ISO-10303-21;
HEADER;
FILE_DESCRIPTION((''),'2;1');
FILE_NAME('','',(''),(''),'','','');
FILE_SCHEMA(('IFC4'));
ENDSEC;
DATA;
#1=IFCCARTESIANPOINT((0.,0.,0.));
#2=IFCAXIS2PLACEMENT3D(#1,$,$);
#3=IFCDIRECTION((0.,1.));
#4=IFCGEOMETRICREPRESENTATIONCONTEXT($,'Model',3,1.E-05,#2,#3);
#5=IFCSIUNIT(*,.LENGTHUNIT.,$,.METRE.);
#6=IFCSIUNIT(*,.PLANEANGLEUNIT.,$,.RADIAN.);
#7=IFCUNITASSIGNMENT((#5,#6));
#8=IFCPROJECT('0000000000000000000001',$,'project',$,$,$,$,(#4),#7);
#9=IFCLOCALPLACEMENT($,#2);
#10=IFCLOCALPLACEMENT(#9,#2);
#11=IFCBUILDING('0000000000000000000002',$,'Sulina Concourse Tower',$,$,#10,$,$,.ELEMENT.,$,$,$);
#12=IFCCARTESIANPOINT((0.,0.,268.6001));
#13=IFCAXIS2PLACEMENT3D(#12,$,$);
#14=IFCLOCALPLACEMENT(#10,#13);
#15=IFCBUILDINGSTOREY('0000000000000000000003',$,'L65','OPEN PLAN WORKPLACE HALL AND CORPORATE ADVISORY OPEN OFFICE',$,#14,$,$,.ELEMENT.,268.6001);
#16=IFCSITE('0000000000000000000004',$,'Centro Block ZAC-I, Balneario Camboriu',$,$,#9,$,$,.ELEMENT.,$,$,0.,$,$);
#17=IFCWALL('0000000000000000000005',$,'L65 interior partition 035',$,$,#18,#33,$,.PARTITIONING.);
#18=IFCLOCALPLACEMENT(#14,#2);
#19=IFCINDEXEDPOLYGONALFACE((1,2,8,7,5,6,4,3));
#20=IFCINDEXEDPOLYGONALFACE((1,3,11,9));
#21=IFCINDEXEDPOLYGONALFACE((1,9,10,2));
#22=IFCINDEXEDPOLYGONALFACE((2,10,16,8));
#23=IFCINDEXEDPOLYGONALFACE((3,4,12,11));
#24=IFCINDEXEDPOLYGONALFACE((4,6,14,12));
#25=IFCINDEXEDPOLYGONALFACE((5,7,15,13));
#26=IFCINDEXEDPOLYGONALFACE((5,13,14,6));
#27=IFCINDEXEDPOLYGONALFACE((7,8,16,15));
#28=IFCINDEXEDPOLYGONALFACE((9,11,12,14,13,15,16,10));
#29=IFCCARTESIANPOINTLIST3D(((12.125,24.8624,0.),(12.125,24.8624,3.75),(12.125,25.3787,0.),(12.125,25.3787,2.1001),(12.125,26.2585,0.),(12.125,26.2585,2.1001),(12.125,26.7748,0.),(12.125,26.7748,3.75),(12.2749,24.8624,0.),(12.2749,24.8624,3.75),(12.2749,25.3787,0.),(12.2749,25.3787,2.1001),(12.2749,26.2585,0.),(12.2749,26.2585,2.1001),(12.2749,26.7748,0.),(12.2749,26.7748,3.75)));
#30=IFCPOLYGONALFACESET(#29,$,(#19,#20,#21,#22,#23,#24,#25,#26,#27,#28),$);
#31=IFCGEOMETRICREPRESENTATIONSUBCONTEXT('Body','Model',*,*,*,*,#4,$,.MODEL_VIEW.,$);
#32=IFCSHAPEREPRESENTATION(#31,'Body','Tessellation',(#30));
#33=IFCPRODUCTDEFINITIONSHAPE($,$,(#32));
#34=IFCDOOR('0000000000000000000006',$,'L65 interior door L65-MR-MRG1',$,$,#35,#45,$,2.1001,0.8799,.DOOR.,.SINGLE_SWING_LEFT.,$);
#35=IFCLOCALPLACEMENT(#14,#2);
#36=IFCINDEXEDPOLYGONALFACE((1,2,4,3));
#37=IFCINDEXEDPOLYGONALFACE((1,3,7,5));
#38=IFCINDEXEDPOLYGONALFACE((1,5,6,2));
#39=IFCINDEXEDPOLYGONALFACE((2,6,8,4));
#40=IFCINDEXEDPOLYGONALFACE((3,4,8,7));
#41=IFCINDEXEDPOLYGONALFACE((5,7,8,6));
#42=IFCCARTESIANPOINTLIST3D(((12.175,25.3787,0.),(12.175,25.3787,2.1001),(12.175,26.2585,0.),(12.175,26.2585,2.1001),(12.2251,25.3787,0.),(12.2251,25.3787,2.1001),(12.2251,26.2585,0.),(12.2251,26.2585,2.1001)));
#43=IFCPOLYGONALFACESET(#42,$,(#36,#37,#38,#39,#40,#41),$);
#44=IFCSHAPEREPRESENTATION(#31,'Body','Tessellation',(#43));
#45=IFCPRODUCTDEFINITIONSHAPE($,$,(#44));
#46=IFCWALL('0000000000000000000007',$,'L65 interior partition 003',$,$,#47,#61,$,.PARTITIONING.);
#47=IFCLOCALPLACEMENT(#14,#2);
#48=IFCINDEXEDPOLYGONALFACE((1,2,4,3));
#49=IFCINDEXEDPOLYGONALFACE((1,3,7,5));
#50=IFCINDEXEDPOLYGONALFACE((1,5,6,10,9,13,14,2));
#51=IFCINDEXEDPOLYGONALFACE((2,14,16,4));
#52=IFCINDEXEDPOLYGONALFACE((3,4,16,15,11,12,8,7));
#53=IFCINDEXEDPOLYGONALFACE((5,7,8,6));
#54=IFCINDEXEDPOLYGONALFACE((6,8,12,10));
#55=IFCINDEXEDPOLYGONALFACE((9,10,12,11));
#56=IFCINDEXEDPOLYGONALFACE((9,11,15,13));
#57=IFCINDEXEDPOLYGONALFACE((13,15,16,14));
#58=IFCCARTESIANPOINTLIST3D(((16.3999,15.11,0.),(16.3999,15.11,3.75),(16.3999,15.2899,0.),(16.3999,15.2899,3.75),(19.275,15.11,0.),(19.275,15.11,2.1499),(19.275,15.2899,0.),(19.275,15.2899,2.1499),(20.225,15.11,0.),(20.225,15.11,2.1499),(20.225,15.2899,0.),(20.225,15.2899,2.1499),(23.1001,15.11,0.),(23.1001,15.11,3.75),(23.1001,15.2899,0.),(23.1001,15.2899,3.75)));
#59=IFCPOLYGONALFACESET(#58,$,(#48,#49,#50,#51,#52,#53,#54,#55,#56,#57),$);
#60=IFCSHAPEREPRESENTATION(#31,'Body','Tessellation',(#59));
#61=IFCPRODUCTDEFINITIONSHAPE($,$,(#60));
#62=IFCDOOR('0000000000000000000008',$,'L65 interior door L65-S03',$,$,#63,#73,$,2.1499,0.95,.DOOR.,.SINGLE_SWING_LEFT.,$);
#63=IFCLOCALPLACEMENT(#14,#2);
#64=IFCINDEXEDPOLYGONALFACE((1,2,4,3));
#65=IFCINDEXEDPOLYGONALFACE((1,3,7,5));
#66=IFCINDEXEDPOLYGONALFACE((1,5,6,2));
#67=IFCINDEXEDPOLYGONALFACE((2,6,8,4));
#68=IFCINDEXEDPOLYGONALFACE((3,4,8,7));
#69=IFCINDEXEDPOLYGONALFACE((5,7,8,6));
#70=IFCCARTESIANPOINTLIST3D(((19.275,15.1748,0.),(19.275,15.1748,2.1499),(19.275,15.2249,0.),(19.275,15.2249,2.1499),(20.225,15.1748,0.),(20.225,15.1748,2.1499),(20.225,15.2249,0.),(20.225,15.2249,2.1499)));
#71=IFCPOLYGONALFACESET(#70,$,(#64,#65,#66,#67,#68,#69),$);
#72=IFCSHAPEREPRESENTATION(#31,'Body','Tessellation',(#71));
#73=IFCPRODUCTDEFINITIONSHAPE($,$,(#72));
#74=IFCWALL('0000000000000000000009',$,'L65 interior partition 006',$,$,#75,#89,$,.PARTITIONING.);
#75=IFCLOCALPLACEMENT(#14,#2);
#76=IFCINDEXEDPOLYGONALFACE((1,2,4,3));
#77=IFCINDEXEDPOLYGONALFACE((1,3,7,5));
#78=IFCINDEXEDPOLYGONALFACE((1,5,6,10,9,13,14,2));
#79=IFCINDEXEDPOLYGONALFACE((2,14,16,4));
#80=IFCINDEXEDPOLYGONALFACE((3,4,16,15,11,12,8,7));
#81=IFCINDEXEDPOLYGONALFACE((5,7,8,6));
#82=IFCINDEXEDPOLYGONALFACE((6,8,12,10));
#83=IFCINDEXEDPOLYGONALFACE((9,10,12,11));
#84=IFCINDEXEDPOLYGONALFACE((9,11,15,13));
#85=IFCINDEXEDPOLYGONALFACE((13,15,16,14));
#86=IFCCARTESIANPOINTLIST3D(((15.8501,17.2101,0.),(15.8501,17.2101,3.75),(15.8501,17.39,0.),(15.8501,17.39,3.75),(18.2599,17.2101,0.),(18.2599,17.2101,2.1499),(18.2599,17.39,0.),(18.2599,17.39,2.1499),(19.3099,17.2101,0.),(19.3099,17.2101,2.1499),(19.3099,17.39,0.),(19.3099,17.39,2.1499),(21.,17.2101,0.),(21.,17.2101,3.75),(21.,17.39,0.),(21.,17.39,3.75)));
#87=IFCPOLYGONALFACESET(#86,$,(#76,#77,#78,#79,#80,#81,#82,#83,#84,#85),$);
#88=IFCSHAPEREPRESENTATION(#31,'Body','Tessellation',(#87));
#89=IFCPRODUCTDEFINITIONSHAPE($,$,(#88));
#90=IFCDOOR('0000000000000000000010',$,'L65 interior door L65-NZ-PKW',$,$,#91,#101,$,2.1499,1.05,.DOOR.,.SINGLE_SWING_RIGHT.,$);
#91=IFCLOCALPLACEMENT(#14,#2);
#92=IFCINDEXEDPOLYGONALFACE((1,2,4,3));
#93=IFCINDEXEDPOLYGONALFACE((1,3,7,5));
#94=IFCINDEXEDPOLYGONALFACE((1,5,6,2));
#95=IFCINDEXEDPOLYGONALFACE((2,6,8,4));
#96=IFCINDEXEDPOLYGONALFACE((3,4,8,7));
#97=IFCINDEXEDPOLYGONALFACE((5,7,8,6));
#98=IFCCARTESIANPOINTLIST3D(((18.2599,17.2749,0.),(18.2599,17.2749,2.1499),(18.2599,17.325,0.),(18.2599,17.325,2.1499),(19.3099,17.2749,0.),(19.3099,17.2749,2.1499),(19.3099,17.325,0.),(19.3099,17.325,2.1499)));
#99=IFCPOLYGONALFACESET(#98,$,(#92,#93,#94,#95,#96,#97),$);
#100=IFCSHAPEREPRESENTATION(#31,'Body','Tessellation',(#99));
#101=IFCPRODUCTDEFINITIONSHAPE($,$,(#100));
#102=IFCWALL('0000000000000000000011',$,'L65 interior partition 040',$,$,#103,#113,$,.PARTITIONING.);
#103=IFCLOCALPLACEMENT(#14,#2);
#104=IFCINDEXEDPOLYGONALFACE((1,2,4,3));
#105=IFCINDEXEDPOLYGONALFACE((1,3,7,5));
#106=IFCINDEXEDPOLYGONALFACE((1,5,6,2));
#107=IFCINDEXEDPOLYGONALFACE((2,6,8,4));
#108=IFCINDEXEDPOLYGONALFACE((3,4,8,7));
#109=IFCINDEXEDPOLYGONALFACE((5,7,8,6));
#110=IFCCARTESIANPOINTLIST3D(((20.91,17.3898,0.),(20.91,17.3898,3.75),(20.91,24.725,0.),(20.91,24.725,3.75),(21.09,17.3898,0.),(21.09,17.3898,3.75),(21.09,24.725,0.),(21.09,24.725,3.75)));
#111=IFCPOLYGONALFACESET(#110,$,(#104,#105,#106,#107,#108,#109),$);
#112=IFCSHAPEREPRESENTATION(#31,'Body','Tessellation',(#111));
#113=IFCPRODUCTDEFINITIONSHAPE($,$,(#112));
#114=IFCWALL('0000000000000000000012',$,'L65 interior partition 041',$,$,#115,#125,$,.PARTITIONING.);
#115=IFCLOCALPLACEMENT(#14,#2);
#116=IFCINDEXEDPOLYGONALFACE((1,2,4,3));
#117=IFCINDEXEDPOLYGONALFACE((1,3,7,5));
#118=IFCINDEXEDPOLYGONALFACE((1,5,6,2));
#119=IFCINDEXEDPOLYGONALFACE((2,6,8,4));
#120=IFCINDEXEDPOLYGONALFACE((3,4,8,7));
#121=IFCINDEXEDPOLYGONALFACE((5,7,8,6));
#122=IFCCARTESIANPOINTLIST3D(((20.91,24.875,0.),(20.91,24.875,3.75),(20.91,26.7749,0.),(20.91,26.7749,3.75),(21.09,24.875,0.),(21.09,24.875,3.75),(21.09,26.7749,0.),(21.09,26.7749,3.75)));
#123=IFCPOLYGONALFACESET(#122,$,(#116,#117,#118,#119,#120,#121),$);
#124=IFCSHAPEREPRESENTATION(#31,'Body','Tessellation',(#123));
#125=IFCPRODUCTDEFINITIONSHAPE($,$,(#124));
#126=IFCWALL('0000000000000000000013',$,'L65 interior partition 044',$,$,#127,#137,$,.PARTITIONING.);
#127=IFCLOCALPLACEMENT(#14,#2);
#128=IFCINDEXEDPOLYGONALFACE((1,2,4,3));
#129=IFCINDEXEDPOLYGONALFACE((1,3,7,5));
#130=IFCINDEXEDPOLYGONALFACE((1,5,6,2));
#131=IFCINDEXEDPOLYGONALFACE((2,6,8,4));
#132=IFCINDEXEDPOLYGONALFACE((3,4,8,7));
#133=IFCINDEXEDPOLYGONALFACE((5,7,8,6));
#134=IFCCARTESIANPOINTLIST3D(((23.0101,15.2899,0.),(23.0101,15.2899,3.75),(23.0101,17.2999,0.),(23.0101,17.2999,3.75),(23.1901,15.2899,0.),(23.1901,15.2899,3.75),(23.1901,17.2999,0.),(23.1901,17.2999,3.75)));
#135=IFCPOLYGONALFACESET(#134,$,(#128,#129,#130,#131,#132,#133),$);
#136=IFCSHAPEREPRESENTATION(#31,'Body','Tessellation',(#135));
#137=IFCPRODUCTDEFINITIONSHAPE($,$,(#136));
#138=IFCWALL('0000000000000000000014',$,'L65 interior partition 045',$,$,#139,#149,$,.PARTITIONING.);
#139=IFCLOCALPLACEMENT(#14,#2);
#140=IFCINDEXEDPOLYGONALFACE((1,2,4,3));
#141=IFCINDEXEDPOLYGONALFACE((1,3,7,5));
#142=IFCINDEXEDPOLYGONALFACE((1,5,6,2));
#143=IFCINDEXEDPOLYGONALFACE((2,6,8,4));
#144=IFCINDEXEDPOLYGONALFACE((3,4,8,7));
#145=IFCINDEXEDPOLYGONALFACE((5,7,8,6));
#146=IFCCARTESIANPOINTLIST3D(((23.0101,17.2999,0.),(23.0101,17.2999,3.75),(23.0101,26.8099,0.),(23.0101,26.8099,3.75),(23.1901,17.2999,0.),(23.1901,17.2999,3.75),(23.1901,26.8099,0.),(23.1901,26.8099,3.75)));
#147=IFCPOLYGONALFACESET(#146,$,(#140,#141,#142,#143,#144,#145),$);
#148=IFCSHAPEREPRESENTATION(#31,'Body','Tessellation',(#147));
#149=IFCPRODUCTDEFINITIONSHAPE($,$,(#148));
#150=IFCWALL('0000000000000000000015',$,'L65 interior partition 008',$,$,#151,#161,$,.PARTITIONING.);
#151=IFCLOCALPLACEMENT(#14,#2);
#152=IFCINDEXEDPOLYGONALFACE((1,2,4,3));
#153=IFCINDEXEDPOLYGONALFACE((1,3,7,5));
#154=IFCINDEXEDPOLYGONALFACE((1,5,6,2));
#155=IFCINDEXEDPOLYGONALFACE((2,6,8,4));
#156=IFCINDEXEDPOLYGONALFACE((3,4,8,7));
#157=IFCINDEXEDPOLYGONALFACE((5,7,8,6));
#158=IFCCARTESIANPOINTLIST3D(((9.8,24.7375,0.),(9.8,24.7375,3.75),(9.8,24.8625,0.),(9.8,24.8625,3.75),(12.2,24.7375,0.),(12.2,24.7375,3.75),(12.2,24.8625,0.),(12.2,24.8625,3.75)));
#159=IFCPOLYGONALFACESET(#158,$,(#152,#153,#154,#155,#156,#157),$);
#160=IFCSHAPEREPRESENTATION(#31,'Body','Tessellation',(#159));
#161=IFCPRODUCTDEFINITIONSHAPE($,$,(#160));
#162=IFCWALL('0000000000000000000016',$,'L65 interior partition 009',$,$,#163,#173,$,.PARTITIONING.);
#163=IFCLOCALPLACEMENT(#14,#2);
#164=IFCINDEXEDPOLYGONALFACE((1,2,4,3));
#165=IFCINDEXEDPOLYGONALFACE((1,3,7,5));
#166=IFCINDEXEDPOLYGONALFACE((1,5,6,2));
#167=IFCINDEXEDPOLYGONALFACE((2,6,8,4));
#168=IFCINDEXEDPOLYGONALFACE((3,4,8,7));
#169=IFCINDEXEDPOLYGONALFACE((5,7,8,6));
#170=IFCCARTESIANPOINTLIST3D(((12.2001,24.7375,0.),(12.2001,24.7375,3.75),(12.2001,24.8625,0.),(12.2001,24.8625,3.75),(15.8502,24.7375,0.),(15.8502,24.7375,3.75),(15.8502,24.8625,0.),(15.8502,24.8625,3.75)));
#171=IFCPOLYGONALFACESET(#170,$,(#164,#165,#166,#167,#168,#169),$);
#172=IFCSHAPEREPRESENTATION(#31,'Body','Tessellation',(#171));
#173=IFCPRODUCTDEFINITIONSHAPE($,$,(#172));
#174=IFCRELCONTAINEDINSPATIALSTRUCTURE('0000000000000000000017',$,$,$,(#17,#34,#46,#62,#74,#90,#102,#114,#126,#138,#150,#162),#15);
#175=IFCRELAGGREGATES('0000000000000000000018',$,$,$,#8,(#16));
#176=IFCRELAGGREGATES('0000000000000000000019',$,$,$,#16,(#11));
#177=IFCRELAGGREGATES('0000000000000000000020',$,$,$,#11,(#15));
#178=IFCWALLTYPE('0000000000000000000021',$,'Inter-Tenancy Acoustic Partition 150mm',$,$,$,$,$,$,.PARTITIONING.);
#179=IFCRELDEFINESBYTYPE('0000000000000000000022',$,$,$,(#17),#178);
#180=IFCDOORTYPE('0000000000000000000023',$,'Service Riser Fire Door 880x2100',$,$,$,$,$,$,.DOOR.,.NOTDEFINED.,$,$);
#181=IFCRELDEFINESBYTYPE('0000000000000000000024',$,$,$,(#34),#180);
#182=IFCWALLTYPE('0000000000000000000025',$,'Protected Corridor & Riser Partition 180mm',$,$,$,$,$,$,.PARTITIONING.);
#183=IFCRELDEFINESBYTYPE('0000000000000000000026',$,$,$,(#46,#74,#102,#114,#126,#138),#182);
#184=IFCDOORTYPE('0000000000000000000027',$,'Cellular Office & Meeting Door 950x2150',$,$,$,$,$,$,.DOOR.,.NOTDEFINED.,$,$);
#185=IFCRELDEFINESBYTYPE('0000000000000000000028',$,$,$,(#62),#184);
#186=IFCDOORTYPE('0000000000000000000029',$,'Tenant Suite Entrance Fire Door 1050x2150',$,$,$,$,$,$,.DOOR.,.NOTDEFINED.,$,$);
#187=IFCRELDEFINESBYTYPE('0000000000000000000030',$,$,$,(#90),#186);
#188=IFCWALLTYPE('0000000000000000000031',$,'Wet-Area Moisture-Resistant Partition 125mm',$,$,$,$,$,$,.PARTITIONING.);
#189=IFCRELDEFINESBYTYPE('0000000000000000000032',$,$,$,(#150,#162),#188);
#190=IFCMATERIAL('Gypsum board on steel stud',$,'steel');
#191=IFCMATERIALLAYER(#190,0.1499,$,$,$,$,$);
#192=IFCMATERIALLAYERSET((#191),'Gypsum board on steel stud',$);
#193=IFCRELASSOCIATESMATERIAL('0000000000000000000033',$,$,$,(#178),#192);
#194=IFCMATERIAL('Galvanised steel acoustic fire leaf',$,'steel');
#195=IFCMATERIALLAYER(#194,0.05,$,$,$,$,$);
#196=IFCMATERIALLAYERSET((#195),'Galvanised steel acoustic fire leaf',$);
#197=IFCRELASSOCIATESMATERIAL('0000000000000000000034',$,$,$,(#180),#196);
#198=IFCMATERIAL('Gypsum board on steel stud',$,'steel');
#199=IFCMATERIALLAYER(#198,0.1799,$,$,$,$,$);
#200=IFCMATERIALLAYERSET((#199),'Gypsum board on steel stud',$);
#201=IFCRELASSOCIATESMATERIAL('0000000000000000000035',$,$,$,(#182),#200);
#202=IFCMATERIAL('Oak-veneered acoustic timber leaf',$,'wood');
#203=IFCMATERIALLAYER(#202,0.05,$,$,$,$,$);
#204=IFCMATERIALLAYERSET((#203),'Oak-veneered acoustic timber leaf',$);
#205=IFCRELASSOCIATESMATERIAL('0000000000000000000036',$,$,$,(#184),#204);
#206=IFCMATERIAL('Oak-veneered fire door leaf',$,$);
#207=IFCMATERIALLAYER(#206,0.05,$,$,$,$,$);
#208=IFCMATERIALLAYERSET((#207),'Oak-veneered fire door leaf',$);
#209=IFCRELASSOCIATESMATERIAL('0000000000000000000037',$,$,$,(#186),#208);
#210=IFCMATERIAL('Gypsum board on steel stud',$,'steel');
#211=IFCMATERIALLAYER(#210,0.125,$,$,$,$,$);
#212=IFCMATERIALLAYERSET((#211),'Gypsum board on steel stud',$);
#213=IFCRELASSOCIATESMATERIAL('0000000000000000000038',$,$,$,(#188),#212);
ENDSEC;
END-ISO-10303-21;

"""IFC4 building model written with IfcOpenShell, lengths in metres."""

from ifc_helpers import new_model, si_unit, direction, frame, frame_2d, origin, place, context, subcontext, project, spatial, rectangle, extrude, material, layer, layer_set, type_object, element, fill, save


model = new_model("IFC4")

# Units and contexts
model_context = context("Model", 3, precision=1e-05, world=origin(), true_north=direction((0.0, 1.0)))
body_context = subcontext(model_context, "Body", "Model", "MODEL_VIEW")
ifc_project = project(units=[si_unit("LENGTHUNIT", "METRE"), si_unit("PLANEANGLEUNIT", "RADIAN")], contexts=[model_context])

# Site, building, storey
site_placement = place(None, origin())
site = spatial("IfcSite", under=ifc_project, at=site_placement, Name="Centro Block ZAC-I, Balneario Camboriu", CompositionType="ELEMENT", RefElevation=0.0)
building_placement = place(site_placement, origin())
building = spatial("IfcBuilding", under=site, at=building_placement, Name="Sulina Concourse Tower", CompositionType="ELEMENT")
storey_placement = place(building_placement, frame((0.0, 0.0, 268.6001)))
storey = spatial("IfcBuildingStorey", under=building, at=storey_placement, Name="L65", Description="OPEN PLAN WORKPLACE HALL AND CORPORATE ADVISORY OPEN OFFICE", CompositionType="ELEMENT", Elevation=268.6001)

# Shared definitions
ifc_material_1 = material(Name="Gypsum board on steel stud", Category="steel")
ifc_layer_1 = layer(ifc_material_1, 0.1499)
ifc_layer_set_1 = layer_set([ifc_layer_1], Name="Gypsum board on steel stud")
wall_type_1 = type_object("IfcWallType", Name="Inter-Tenancy Acoustic Partition 150mm", PredefinedType="PARTITIONING", material=ifc_layer_set_1)

# Walls, openings, doors
wall_1_placement = place(storey_placement, frame((12.2, 24.8625, 0.0), z_axis=(0.0, 0.0, 1.0), x_axis=(0.0, 1.0, 0.0)))
wall_1 = element("IfcWall", 1, at=wall_1_placement, inside=storey, type_object=wall_type_1, Name="L65 interior partition 035", PredefinedType="PARTITIONING", context=body_context, shape_type="SweptSolid", body=[
    extrude(rectangle(XDim=1.9124, YDim=0.1499, at=frame_2d((0.9561, 0.0))), origin(), (0.0, 0.0, 1.0), 3.75),
])
opening_1_placement = place(wall_1_placement, frame((0.5161, 0.0, 0.0)))
opening_1 = element("IfcOpeningElement", 2, at=opening_1_placement, cuts=wall_1, PredefinedType="OPENING", context=body_context, shape_type="SweptSolid", body=[
    extrude(rectangle(XDim=0.8799, YDim=2.1001, at=frame_2d((0.4399, 1.05))), frame((0.0, 0.085, 0.0), z_axis=(0.0, -1.0, 0.0), x_axis=(1.0, 0.0, 0.0)), (0.0, 0.0, 1.0), 0.1699),
])
ifc_material_2 = material(Name="Galvanised steel acoustic fire leaf", Category="steel")
ifc_layer_2 = layer(ifc_material_2, 0.05)
ifc_layer_set_2 = layer_set([ifc_layer_2], Name="Galvanised steel acoustic fire leaf")
door_type_1 = type_object("IfcDoorType", Name="Service Riser Fire Door 880x2100", OperationType="NOTDEFINED", PredefinedType="DOOR", material=ifc_layer_set_2)
door_1_placement = place(opening_1_placement, origin())
door_1 = element("IfcDoor", 3, at=door_1_placement, inside=storey, type_object=door_type_1, Name="L65 interior door L65-MR-MRG1", OperationType="SINGLE_SWING_LEFT", OverallHeight=2.1001, OverallWidth=0.8799, PredefinedType="DOOR", context=body_context, shape_type="SweptSolid", body=[
    extrude(rectangle(XDim=0.8799, YDim=2.1001, at=frame_2d((0.4399, 1.05))), frame((0.0, 0.0249, 0.0), z_axis=(0.0, -1.0, 0.0), x_axis=(1.0, 0.0, 0.0)), (0.0, 0.0, 1.0), 0.05),
])
fill(opening_1, door_1)
ifc_material_3 = material(Name="Gypsum board on steel stud", Category="steel")
ifc_layer_3 = layer(ifc_material_3, 0.1799)
ifc_layer_set_3 = layer_set([ifc_layer_3], Name="Gypsum board on steel stud")
wall_type_2 = type_object("IfcWallType", Name="Protected Corridor & Riser Partition 180mm", PredefinedType="PARTITIONING", material=ifc_layer_set_3)
wall_2_placement = place(storey_placement, frame((16.3999, 15.2, 0.0), z_axis=(0.0, 0.0, 1.0), x_axis=(1.0, 0.0, 0.0)))
wall_2 = element("IfcWall", 4, at=wall_2_placement, inside=storey, type_object=wall_type_2, Name="L65 interior partition 003", PredefinedType="PARTITIONING", context=body_context, shape_type="SweptSolid", body=[
    extrude(rectangle(XDim=6.7002, YDim=0.1799, at=frame_2d((3.3501, 0.0))), origin(), (0.0, 0.0, 1.0), 3.75),
])
opening_2_placement = place(wall_2_placement, frame((2.875, 0.0, 0.0)))
opening_2 = element("IfcOpeningElement", 5, at=opening_2_placement, cuts=wall_2, PredefinedType="OPENING", context=body_context, shape_type="SweptSolid", body=[
    extrude(rectangle(XDim=0.95, YDim=2.1499, at=frame_2d((0.4751, 1.075))), frame((0.0, 0.0999, 0.0), z_axis=(0.0, -1.0, 0.0), x_axis=(1.0, 0.0, 0.0)), (0.0, 0.0, 1.0), 0.2),
])
ifc_material_4 = material(Name="Oak-veneered acoustic timber leaf", Category="wood")
ifc_layer_4 = layer(ifc_material_4, 0.05)
ifc_layer_set_4 = layer_set([ifc_layer_4], Name="Oak-veneered acoustic timber leaf")
door_type_2 = type_object("IfcDoorType", Name="Cellular Office & Meeting Door 950x2150", OperationType="NOTDEFINED", PredefinedType="DOOR", material=ifc_layer_set_4)
door_2_placement = place(opening_2_placement, origin())
door_2 = element("IfcDoor", 6, at=door_2_placement, inside=storey, type_object=door_type_2, Name="L65 interior door L65-S03", OperationType="SINGLE_SWING_LEFT", OverallHeight=2.1499, OverallWidth=0.95, PredefinedType="DOOR", context=body_context, shape_type="SweptSolid", body=[
    extrude(rectangle(XDim=0.95, YDim=2.1499, at=frame_2d((0.4751, 1.075))), frame((0.0, 0.0249, 0.0), z_axis=(0.0, -1.0, 0.0), x_axis=(1.0, 0.0, 0.0)), (0.0, 0.0, 1.0), 0.05),
])
fill(opening_2, door_2)
wall_3_placement = place(storey_placement, frame((15.8501, 17.3, 0.0), z_axis=(0.0, 0.0, 1.0), x_axis=(1.0, 0.0, 0.0)))
wall_3 = element("IfcWall", 7, at=wall_3_placement, inside=storey, type_object=wall_type_2, Name="L65 interior partition 006", PredefinedType="PARTITIONING", context=body_context, shape_type="SweptSolid", body=[
    extrude(rectangle(XDim=5.1499, YDim=0.1799, at=frame_2d((2.575, 0.0))), origin(), (0.0, 0.0, 1.0), 3.75),
])
opening_3_placement = place(wall_3_placement, frame((2.4099, 0.0, 0.0)))
opening_3 = element("IfcOpeningElement", 8, at=opening_3_placement, cuts=wall_3, PredefinedType="OPENING", context=body_context, shape_type="SweptSolid", body=[
    extrude(rectangle(XDim=1.05, YDim=2.1499, at=frame_2d((0.5249, 1.075))), frame((0.0, 0.0999, 0.0), z_axis=(0.0, -1.0, 0.0), x_axis=(1.0, 0.0, 0.0)), (0.0, 0.0, 1.0), 0.2),
])
ifc_material_5 = material(Name="Oak-veneered fire door leaf")
ifc_layer_5 = layer(ifc_material_5, 0.05)
ifc_layer_set_5 = layer_set([ifc_layer_5], Name="Oak-veneered fire door leaf")
door_type_3 = type_object("IfcDoorType", Name="Tenant Suite Entrance Fire Door 1050x2150", OperationType="NOTDEFINED", PredefinedType="DOOR", material=ifc_layer_set_5)
door_3_placement = place(opening_3_placement, origin())
door_3 = element("IfcDoor", 9, at=door_3_placement, inside=storey, type_object=door_type_3, Name="L65 interior door L65-NZ-PKW", OperationType="SINGLE_SWING_RIGHT", OverallHeight=2.1499, OverallWidth=1.05, PredefinedType="DOOR", context=body_context, shape_type="SweptSolid", body=[
    extrude(rectangle(XDim=1.05, YDim=2.1499, at=frame_2d((0.5249, 1.075))), frame((0.0, 0.0249, 0.0), z_axis=(0.0, -1.0, 0.0), x_axis=(1.0, 0.0, 0.0)), (0.0, 0.0, 1.0), 0.05),
])
fill(opening_3, door_3)

# Walls
wall_4_placement = place(storey_placement, frame((21.0, 17.3899, 0.0), z_axis=(0.0, 0.0, 1.0), x_axis=(0.0, 1.0, 0.0)))
element("IfcWall", 10, at=wall_4_placement, inside=storey, type_object=wall_type_2, Name="L65 interior partition 040", PredefinedType="PARTITIONING", context=body_context, shape_type="SweptSolid", body=[
    extrude(rectangle(XDim=7.3352, YDim=0.1799, at=frame_2d((3.6675, 0.0))), origin(), (0.0, 0.0, 1.0), 3.75),
])
wall_5_placement = place(storey_placement, frame((21.0, 24.875, 0.0), z_axis=(0.0, 0.0, 1.0), x_axis=(0.0, 1.0, 0.0)))
element("IfcWall", 11, at=wall_5_placement, inside=storey, type_object=wall_type_2, Name="L65 interior partition 041", PredefinedType="PARTITIONING", context=body_context, shape_type="SweptSolid", body=[
    extrude(rectangle(XDim=1.8999, YDim=0.1799, at=frame_2d((0.95, 0.0))), origin(), (0.0, 0.0, 1.0), 3.75),
])
wall_6_placement = place(storey_placement, frame((23.1001, 15.29, 0.0), z_axis=(0.0, 0.0, 1.0), x_axis=(0.0, 1.0, 0.0)))
element("IfcWall", 12, at=wall_6_placement, inside=storey, type_object=wall_type_2, Name="L65 interior partition 044", PredefinedType="PARTITIONING", context=body_context, shape_type="SweptSolid", body=[
    extrude(rectangle(XDim=2.01, YDim=0.1799, at=frame_2d((1.0049, 0.0))), origin(), (0.0, 0.0, 1.0), 3.75),
])
wall_7_placement = place(storey_placement, frame((23.1001, 17.3, 0.0), z_axis=(0.0, 0.0, 1.0), x_axis=(0.0, 1.0, 0.0)))
element("IfcWall", 13, at=wall_7_placement, inside=storey, type_object=wall_type_2, Name="L65 interior partition 045", PredefinedType="PARTITIONING", context=body_context, shape_type="SweptSolid", body=[
    extrude(rectangle(XDim=9.51, YDim=0.1799, at=frame_2d((4.7549, 0.0))), origin(), (0.0, 0.0, 1.0), 3.75),
])
ifc_material_6 = material(Name="Gypsum board on steel stud", Category="steel")
ifc_layer_6 = layer(ifc_material_6, 0.125)
ifc_layer_set_6 = layer_set([ifc_layer_6], Name="Gypsum board on steel stud")
wall_type_3 = type_object("IfcWallType", Name="Wet-Area Moisture-Resistant Partition 125mm", PredefinedType="PARTITIONING", material=ifc_layer_set_6)
wall_8_placement = place(storey_placement, frame((9.8, 24.8, 0.0), z_axis=(0.0, 0.0, 1.0), x_axis=(1.0, 0.0, 0.0)))
element("IfcWall", 14, at=wall_8_placement, inside=storey, type_object=wall_type_3, Name="L65 interior partition 008", PredefinedType="PARTITIONING", context=body_context, shape_type="SweptSolid", body=[
    extrude(rectangle(XDim=2.3999, YDim=0.125, at=frame_2d((1.2, 0.0))), origin(), (0.0, 0.0, 1.0), 3.75),
])
wall_9_placement = place(storey_placement, frame((12.2, 24.8, 0.0), z_axis=(0.0, 0.0, 1.0), x_axis=(1.0, 0.0, 0.0)))
element("IfcWall", 15, at=wall_9_placement, inside=storey, type_object=wall_type_3, Name="L65 interior partition 009", PredefinedType="PARTITIONING", context=body_context, shape_type="SweptSolid", body=[
    extrude(rectangle(XDim=3.6501, YDim=0.125, at=frame_2d((1.8252, 0.0))), origin(), (0.0, 0.0, 1.0), 3.75),
])

save(model, "model.ifc")
